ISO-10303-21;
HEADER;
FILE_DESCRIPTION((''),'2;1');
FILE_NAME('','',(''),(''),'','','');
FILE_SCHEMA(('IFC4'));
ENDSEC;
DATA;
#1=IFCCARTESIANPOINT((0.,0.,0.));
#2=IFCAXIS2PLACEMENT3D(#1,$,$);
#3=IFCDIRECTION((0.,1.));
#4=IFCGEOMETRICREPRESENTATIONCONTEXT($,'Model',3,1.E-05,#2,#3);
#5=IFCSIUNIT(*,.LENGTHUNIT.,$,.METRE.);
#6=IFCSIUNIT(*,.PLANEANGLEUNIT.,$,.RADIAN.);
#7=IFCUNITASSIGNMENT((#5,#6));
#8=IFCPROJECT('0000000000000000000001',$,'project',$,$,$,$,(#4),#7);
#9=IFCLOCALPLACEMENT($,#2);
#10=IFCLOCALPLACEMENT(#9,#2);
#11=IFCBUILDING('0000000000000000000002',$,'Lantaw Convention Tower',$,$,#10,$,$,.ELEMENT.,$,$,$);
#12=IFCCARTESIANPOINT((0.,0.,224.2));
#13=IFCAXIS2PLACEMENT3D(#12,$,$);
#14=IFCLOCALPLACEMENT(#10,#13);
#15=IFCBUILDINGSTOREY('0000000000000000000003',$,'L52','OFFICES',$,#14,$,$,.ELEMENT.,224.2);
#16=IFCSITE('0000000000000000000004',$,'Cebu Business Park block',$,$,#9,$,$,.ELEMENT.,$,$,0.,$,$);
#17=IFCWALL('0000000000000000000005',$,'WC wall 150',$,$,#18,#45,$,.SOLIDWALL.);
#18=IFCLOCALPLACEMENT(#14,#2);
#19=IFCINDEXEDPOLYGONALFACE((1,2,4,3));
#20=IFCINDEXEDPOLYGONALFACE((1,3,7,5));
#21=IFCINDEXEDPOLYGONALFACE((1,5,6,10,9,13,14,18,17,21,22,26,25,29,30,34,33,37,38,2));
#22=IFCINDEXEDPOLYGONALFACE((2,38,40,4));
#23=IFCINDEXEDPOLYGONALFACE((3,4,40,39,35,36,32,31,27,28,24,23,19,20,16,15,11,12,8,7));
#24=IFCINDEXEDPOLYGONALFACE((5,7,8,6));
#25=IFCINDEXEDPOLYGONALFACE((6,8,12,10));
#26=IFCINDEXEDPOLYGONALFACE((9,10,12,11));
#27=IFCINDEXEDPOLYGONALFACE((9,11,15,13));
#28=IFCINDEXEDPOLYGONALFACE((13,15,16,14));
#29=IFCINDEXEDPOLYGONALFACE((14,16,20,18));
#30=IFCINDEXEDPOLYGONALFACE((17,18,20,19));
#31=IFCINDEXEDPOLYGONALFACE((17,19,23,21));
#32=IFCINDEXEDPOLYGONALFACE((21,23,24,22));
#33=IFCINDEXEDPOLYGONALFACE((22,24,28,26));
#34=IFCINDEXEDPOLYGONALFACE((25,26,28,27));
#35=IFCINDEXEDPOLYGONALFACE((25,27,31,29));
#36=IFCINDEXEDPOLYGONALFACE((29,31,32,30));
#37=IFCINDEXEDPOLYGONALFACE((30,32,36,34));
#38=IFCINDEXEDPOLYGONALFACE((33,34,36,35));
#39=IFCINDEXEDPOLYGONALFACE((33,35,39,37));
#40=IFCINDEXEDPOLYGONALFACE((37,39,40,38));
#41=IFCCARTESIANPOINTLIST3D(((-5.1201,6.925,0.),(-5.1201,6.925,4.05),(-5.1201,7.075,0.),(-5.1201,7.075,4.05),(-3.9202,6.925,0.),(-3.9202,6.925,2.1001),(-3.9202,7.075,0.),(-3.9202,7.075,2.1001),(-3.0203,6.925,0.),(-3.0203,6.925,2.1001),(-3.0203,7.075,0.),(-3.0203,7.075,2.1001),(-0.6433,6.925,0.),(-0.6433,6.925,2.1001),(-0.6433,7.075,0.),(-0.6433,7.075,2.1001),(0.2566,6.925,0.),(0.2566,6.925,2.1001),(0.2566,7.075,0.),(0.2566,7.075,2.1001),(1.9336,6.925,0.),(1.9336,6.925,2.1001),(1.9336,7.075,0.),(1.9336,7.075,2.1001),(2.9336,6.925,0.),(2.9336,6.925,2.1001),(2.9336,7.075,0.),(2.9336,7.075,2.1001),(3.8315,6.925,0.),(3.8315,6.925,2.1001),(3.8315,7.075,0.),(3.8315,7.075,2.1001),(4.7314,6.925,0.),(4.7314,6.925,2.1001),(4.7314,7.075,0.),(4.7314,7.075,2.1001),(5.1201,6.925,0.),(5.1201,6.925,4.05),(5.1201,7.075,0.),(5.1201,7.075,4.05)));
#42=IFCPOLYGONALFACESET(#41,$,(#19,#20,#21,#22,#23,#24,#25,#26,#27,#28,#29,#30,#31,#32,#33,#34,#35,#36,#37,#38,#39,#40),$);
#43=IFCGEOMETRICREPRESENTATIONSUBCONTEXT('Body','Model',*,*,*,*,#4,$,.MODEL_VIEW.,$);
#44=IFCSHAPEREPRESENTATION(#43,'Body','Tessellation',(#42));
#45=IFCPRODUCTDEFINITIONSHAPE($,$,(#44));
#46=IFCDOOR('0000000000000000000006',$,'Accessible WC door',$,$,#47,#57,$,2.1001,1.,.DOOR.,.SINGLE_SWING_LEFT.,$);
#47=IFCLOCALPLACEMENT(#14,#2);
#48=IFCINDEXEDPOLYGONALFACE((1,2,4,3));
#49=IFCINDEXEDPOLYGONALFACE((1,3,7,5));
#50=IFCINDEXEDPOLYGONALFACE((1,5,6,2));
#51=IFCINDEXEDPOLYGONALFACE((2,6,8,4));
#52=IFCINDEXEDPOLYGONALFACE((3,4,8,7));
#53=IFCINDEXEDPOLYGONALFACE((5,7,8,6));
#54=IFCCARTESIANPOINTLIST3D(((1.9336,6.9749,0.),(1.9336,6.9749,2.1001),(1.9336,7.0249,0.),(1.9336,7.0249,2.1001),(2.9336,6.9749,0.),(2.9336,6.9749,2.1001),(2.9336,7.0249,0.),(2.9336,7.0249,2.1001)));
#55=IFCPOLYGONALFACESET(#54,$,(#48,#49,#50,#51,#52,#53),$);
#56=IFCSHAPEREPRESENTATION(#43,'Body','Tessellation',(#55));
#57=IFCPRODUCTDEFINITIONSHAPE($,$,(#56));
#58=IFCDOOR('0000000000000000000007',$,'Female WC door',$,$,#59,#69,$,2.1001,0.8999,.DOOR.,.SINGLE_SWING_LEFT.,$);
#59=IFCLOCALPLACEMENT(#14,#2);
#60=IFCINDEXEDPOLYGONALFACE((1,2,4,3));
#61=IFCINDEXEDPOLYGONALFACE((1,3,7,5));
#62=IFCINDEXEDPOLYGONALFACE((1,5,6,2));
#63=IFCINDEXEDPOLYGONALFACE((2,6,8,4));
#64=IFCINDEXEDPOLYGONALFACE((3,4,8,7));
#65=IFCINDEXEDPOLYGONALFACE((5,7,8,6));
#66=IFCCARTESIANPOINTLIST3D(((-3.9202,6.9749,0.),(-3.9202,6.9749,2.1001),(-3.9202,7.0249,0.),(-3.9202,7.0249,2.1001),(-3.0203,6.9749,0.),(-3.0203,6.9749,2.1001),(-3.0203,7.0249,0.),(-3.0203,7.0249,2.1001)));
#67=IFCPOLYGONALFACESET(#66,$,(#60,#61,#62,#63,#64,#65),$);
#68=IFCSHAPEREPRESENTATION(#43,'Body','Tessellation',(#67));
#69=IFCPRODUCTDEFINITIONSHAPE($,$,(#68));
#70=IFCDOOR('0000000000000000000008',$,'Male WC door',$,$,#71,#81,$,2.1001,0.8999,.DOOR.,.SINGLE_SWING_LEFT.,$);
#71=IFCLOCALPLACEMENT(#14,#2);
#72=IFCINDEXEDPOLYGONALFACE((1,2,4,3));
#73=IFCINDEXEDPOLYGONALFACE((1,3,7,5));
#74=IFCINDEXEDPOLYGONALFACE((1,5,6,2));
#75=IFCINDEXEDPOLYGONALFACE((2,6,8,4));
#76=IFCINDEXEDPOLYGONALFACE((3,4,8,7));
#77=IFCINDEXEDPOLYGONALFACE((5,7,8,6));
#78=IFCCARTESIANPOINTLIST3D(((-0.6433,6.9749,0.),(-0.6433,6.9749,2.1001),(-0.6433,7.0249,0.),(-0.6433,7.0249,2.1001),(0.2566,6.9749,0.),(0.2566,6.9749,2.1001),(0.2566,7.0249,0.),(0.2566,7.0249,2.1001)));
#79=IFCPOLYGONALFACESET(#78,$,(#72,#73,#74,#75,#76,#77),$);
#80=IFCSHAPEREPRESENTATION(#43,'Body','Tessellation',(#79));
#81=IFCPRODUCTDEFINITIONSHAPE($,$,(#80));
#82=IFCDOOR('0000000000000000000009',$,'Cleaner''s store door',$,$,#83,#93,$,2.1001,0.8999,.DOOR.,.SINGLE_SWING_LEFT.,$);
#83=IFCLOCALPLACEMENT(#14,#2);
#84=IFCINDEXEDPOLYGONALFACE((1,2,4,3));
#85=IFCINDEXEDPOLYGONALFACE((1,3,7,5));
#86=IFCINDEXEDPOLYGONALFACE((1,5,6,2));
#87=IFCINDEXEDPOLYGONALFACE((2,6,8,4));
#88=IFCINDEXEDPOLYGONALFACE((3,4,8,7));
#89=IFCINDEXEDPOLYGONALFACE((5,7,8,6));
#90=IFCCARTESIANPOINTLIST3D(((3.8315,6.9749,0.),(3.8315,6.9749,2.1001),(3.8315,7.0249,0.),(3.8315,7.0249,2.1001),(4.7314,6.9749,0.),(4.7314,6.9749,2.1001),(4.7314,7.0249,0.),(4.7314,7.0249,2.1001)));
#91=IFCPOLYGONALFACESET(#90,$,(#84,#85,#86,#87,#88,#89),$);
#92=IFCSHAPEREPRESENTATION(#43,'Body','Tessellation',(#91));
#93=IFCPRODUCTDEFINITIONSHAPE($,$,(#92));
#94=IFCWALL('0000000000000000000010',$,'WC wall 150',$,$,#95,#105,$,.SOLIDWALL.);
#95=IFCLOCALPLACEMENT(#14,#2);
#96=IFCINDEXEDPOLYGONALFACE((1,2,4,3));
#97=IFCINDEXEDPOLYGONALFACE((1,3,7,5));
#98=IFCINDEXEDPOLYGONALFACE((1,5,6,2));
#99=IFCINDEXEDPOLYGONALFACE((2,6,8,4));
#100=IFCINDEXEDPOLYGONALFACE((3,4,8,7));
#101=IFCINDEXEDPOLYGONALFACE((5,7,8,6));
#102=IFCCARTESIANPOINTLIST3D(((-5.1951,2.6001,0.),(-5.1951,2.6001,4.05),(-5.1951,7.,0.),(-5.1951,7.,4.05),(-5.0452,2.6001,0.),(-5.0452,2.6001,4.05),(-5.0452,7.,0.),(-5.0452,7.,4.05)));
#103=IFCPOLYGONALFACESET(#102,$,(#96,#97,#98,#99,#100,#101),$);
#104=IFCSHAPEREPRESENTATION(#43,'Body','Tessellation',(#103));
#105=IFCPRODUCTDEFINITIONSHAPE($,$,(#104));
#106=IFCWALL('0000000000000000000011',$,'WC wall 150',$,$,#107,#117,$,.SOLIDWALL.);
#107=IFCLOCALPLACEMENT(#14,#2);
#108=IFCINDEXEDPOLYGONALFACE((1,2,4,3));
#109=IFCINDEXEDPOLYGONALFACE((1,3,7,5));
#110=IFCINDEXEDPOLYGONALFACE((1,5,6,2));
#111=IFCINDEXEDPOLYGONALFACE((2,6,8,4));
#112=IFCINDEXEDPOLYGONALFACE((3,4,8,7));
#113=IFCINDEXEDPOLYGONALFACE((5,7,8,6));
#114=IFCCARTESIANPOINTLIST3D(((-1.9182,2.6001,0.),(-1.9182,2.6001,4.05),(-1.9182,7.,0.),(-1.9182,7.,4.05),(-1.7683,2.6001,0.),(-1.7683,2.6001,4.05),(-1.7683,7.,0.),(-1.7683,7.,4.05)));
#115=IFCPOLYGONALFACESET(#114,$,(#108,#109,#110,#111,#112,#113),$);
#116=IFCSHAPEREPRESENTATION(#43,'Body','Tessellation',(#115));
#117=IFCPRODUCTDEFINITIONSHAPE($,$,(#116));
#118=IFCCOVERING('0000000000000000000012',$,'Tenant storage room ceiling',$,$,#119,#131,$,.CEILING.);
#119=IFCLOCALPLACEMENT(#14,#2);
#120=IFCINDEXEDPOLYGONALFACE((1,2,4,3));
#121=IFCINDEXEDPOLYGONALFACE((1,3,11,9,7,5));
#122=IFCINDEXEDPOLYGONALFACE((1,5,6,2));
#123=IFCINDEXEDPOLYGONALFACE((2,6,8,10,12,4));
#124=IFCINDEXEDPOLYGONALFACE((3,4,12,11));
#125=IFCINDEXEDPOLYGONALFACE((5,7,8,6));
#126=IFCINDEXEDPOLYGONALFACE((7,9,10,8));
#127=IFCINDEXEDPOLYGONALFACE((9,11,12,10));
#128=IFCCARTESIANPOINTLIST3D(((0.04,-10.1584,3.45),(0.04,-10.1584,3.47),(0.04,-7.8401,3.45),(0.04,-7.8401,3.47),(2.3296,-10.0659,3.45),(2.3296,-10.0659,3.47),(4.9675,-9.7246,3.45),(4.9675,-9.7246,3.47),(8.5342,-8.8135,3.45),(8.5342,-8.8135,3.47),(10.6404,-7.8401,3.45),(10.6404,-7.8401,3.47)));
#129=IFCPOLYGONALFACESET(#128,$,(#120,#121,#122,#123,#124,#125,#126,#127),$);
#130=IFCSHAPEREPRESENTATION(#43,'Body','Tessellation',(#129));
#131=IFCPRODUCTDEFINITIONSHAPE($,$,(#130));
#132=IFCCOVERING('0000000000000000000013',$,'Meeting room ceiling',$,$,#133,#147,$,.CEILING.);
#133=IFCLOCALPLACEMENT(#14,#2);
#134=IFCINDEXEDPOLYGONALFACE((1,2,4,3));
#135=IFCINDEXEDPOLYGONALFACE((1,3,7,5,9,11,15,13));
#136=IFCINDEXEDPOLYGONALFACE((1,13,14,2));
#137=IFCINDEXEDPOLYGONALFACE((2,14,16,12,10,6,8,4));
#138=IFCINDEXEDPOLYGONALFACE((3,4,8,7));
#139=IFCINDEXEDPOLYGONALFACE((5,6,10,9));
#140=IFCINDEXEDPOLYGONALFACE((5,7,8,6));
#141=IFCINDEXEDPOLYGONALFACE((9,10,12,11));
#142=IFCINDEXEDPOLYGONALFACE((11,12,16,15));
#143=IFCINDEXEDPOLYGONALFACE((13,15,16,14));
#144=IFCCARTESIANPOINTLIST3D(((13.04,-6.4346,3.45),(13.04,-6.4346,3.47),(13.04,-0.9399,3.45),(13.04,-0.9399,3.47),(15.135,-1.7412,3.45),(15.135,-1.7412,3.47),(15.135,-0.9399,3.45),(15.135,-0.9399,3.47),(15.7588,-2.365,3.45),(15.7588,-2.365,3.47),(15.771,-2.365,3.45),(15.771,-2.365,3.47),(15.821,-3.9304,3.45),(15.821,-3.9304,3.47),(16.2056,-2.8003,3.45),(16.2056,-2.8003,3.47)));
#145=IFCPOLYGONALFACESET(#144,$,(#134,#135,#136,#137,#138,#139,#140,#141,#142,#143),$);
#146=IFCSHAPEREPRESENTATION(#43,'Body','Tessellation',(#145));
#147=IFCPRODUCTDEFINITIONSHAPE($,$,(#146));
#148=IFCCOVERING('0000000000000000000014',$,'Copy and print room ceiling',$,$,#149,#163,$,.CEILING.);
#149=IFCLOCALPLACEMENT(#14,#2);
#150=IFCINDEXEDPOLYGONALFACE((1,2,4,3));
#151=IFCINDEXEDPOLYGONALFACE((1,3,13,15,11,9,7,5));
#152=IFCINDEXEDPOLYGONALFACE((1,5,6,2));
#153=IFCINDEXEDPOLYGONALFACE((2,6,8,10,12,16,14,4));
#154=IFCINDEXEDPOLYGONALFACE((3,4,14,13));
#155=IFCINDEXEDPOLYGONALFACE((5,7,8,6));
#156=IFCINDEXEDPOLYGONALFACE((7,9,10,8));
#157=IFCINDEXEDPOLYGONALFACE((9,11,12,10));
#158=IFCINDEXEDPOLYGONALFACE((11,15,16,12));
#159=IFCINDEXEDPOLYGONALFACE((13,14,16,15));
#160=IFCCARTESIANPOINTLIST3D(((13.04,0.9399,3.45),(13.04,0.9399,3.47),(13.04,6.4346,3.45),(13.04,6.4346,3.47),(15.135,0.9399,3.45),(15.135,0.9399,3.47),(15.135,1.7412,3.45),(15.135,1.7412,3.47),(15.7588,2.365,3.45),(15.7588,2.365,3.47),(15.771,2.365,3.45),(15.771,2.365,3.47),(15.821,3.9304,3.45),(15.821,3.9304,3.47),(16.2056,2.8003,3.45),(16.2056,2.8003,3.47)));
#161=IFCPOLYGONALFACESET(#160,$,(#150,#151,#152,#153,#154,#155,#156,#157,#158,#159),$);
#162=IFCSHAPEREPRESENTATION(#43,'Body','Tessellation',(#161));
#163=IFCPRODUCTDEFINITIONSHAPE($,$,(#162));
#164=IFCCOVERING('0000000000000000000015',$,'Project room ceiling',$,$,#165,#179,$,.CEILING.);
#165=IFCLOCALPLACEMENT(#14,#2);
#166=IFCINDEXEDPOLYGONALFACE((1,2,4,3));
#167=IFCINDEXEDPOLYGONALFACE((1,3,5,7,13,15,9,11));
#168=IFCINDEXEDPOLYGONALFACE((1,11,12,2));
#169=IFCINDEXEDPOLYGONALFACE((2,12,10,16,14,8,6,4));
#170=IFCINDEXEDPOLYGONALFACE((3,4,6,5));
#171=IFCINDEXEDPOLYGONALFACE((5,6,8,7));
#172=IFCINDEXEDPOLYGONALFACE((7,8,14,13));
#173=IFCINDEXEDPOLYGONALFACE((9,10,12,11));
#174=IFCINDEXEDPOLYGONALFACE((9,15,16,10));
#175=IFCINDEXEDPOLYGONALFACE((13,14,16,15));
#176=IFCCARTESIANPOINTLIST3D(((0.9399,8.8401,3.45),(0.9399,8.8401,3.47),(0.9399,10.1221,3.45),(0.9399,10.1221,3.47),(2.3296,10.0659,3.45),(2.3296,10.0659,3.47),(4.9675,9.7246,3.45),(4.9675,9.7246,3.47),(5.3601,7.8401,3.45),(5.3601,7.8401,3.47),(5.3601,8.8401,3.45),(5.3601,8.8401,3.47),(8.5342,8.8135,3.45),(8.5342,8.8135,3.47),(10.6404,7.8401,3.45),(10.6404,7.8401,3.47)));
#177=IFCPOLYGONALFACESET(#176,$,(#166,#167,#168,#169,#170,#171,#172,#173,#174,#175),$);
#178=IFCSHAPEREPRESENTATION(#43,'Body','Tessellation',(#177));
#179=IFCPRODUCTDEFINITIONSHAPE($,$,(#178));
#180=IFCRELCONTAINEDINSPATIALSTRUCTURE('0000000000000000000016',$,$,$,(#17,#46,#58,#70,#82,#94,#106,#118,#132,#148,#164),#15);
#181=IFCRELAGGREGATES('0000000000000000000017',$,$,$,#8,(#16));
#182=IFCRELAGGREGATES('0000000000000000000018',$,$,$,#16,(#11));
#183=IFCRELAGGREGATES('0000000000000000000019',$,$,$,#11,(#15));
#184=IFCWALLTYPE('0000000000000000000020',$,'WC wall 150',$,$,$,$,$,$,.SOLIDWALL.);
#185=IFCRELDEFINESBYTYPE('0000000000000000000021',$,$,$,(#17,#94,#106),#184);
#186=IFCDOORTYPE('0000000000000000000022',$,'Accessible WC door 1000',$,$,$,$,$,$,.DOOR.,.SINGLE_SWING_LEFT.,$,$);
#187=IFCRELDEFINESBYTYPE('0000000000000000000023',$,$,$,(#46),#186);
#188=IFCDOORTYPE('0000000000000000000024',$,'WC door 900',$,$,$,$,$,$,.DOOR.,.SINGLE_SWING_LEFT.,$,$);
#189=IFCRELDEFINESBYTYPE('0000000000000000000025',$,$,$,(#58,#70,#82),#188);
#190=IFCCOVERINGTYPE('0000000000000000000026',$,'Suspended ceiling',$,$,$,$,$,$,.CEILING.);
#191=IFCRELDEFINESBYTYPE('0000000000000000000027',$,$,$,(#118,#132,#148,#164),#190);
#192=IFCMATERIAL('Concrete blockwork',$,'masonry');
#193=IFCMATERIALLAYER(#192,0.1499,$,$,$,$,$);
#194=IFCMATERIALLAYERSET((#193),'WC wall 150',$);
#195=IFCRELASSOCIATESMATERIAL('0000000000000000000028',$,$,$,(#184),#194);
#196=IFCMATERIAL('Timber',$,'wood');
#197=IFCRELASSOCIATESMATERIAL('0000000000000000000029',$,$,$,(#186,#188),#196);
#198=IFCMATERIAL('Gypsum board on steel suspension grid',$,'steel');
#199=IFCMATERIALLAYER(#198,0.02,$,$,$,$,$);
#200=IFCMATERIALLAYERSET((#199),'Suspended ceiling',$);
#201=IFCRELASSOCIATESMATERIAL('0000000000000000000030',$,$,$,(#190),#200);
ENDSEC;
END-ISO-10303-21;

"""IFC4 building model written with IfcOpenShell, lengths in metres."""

from ifc_helpers import new_model, si_unit, direction, frame, frame_2d, origin, place, context, subcontext, project, spatial, polyline, rectangle, outline, extrude, material, layer, layer_set, type_object, element, fill, save


model = new_model("IFC4")

# Units and contexts
model_context = context("Model", 3, precision=1e-05, world=origin(), true_north=direction((0.0, 1.0)))
body_context = subcontext(model_context, "Body", "Model", "MODEL_VIEW")
ifc_project = project(units=[si_unit("LENGTHUNIT", "METRE"), si_unit("PLANEANGLEUNIT", "RADIAN")], contexts=[model_context])

# Site, building, storey
site_placement = place(None, origin())
site = spatial("IfcSite", under=ifc_project, at=site_placement, Name="Cebu Business Park block", CompositionType="ELEMENT", RefElevation=0.0)
building_placement = place(site_placement, origin())
building = spatial("IfcBuilding", under=site, at=building_placement, Name="Lantaw Convention Tower", CompositionType="ELEMENT")
storey_placement = place(building_placement, frame((0.0, 0.0, 224.2)))
storey = spatial("IfcBuildingStorey", under=building, at=storey_placement, Name="L52", Description="OFFICES", CompositionType="ELEMENT", Elevation=224.2)

# Wall, openings, doors
ifc_material_1 = material(Name="Concrete blockwork", Category="masonry")
ifc_layer_1 = layer(ifc_material_1, 0.1499)
ifc_layer_set_1 = layer_set([ifc_layer_1], Name="WC wall 150")
wall_type_1 = type_object("IfcWallType", Name="WC wall 150", PredefinedType="SOLIDWALL", material=ifc_layer_set_1)
wall_1_placement = place(storey_placement, frame((-5.1201, 7.0, 0.0), z_axis=(0.0, 0.0, 1.0), x_axis=(1.0, 0.0, 0.0)))
wall_1 = element("IfcWall", 1, at=wall_1_placement, inside=storey, type_object=wall_type_1, Name="WC wall 150", PredefinedType="SOLIDWALL", context=body_context, shape_type="SweptSolid", body=[
    extrude(rectangle(XDim=10.2402, YDim=0.1499, at=frame_2d((5.1201, 0.0))), origin(), (0.0, 0.0, 1.0), 4.05),
])
opening_1_placement = place(wall_1_placement, frame((1.2, 0.0, 0.0)))
opening_1 = element("IfcOpeningElement", 2, at=opening_1_placement, cuts=wall_1, PredefinedType="OPENING", context=body_context, shape_type="SweptSolid", body=[
    extrude(rectangle(XDim=0.8999, YDim=2.1001, at=frame_2d((0.45, 1.05))), frame((0.0, 0.085, 0.0), z_axis=(0.0, -1.0, 0.0), x_axis=(1.0, 0.0, 0.0)), (0.0, 0.0, 1.0), 0.1699),
])
opening_2_placement = place(wall_1_placement, frame((4.4768, 0.0, 0.0)))
opening_2 = element("IfcOpeningElement", 3, at=opening_2_placement, cuts=wall_1, PredefinedType="OPENING", context=body_context, shape_type="SweptSolid", body=[
    extrude(rectangle(XDim=0.8999, YDim=2.1001, at=frame_2d((0.45, 1.05))), frame((0.0, 0.085, 0.0), z_axis=(0.0, -1.0, 0.0), x_axis=(1.0, 0.0, 0.0)), (0.0, 0.0, 1.0), 0.1699),
])
opening_3_placement = place(wall_1_placement, frame((7.0537, 0.0, 0.0)))
opening_3 = element("IfcOpeningElement", 4, at=opening_3_placement, cuts=wall_1, PredefinedType="OPENING", context=body_context, shape_type="SweptSolid", body=[
    extrude(rectangle(XDim=1.0, YDim=2.1001, at=frame_2d((0.5, 1.05))), frame((0.0, 0.085, 0.0), z_axis=(0.0, -1.0, 0.0), x_axis=(1.0, 0.0, 0.0)), (0.0, 0.0, 1.0), 0.1699),
])
opening_4_placement = place(wall_1_placement, frame((8.9517, 0.0, 0.0)))
opening_4 = element("IfcOpeningElement", 5, at=opening_4_placement, cuts=wall_1, PredefinedType="OPENING", context=body_context, shape_type="SweptSolid", body=[
    extrude(rectangle(XDim=0.8999, YDim=2.1001, at=frame_2d((0.45, 1.05))), frame((0.0, 0.085, 0.0), z_axis=(0.0, -1.0, 0.0), x_axis=(1.0, 0.0, 0.0)), (0.0, 0.0, 1.0), 0.1699),
])
ifc_material_2 = material(Name="Timber", Category="wood")
door_type_1 = type_object("IfcDoorType", Name="Accessible WC door 1000", OperationType="SINGLE_SWING_LEFT", PredefinedType="DOOR", material=ifc_material_2)
door_1_placement = place(opening_3_placement, origin())
door_1 = element("IfcDoor", 6, at=door_1_placement, inside=storey, type_object=door_type_1, Name="Accessible WC door", OperationType="SINGLE_SWING_LEFT", OverallHeight=2.1001, OverallWidth=1.0, PredefinedType="DOOR", context=body_context, shape_type="SweptSolid", body=[
    extrude(rectangle(XDim=1.0, YDim=2.1001, at=frame_2d((0.5, 1.05))), frame((0.0, 0.0249, 0.0), z_axis=(0.0, -1.0, 0.0), x_axis=(1.0, 0.0, 0.0)), (0.0, 0.0, 1.0), 0.05),
])
fill(opening_3, door_1)
door_type_2 = type_object("IfcDoorType", Name="WC door 900", OperationType="SINGLE_SWING_LEFT", PredefinedType="DOOR", material=ifc_material_2)
door_2_placement = place(opening_1_placement, origin())
door_2 = element("IfcDoor", 7, at=door_2_placement, inside=storey, type_object=door_type_2, Name="Female WC door", OperationType="SINGLE_SWING_LEFT", OverallHeight=2.1001, OverallWidth=0.8999, PredefinedType="DOOR", context=body_context, shape_type="SweptSolid", body=[
    extrude(rectangle(XDim=0.8999, YDim=2.1001, at=frame_2d((0.45, 1.05))), frame((0.0, 0.0249, 0.0), z_axis=(0.0, -1.0, 0.0), x_axis=(1.0, 0.0, 0.0)), (0.0, 0.0, 1.0), 0.05),
])
fill(opening_1, door_2)
door_3_placement = place(opening_2_placement, origin())
door_3 = element("IfcDoor", 8, at=door_3_placement, inside=storey, type_object=door_type_2, Name="Male WC door", OperationType="SINGLE_SWING_LEFT", OverallHeight=2.1001, OverallWidth=0.8999, PredefinedType="DOOR", context=body_context, shape_type="SweptSolid", body=[
    extrude(rectangle(XDim=0.8999, YDim=2.1001, at=frame_2d((0.45, 1.05))), frame((0.0, 0.0249, 0.0), z_axis=(0.0, -1.0, 0.0), x_axis=(1.0, 0.0, 0.0)), (0.0, 0.0, 1.0), 0.05),
])
fill(opening_2, door_3)
door_4_placement = place(opening_4_placement, origin())
door_4 = element("IfcDoor", 9, at=door_4_placement, inside=storey, type_object=door_type_2, Name="Cleaner's store door", OperationType="SINGLE_SWING_LEFT", OverallHeight=2.1001, OverallWidth=0.8999, PredefinedType="DOOR", context=body_context, shape_type="SweptSolid", body=[
    extrude(rectangle(XDim=0.8999, YDim=2.1001, at=frame_2d((0.45, 1.05))), frame((0.0, 0.0249, 0.0), z_axis=(0.0, -1.0, 0.0), x_axis=(1.0, 0.0, 0.0)), (0.0, 0.0, 1.0), 0.05),
])
fill(opening_4, door_4)

# Walls
for number, where, z_axis, x_axis, name in (
    (10, (-5.1201, 2.6001, 0.0), (0.0, 0.0, 1.0), (0.0, 1.0, 0.0), "WC wall 150"),
    (11, (-1.8433, 2.6001, 0.0), (0.0, 0.0, 1.0), (0.0, 1.0, 0.0), "WC wall 150"),
):
    element("IfcWall", number, at=place(storey_placement, frame(where, z_axis=z_axis, x_axis=x_axis)), inside=storey, type_object=wall_type_1, Name=name, PredefinedType="SOLIDWALL", context=body_context, shape_type="SweptSolid", body=[
        extrude(rectangle(XDim=4.3999, YDim=0.1499, at=frame_2d((2.2, 0.0))), origin(), (0.0, 0.0, 1.0), 4.05),
    ])

# Coverings
ifc_material_3 = material(Name="Gypsum board on steel suspension grid", Category="steel")
ifc_layer_2 = layer(ifc_material_3, 0.02)
ifc_layer_set_2 = layer_set([ifc_layer_2], Name="Suspended ceiling")
covering_type = type_object("IfcCoveringType", Name="Suspended ceiling", PredefinedType="CEILING", material=ifc_layer_set_2)
covering_1_placement = place(storey_placement, frame((0.0, 0.0, 3.45)))
element("IfcCovering", 12, at=covering_1_placement, inside=storey, type_object=covering_type, Name="Tenant storage room ceiling", PredefinedType="CEILING", context=body_context, shape_type="SweptSolid", body=[
    extrude(outline(polyline([(8.5342, -8.8135), (10.6404, -7.8401), (0.04, -7.8401), (0.04, -10.1584), (2.3296, -10.0659), (4.9675, -9.7246), (8.5342, -8.8135)])), origin(), (0.0, 0.0, 1.0), 0.02),
])
covering_2_placement = place(storey_placement, frame((0.0, 0.0, 3.45)))
element("IfcCovering", 13, at=covering_2_placement, inside=storey, type_object=covering_type, Name="Meeting room ceiling", PredefinedType="CEILING", context=body_context, shape_type="SweptSolid", body=[
    extrude(outline(polyline([(15.135, -1.7412), (15.135, -0.9399), (13.04, -0.9399), (13.04, -6.4346), (15.821, -3.9304), (16.2056, -2.8003), (15.771, -2.365), (15.7588, -2.365), (15.135, -1.7412)])), origin(), (0.0, 0.0, 1.0), 0.02),
])
covering_3_placement = place(storey_placement, frame((0.0, 0.0, 3.45)))
element("IfcCovering", 14, at=covering_3_placement, inside=storey, type_object=covering_type, Name="Copy and print room ceiling", PredefinedType="CEILING", context=body_context, shape_type="SweptSolid", body=[
    extrude(outline(polyline([(15.771, 2.365), (16.2056, 2.8003), (15.821, 3.9304), (13.04, 6.4346), (13.04, 0.9399), (15.135, 0.9399), (15.135, 1.7412), (15.7588, 2.365), (15.771, 2.365)])), origin(), (0.0, 0.0, 1.0), 0.02),
])
covering_4_placement = place(storey_placement, frame((0.0, 0.0, 3.45)))
element("IfcCovering", 15, at=covering_4_placement, inside=storey, type_object=covering_type, Name="Project room ceiling", PredefinedType="CEILING", context=body_context, shape_type="SweptSolid", body=[
    extrude(outline(polyline([(5.3601, 7.8401), (10.6404, 7.8401), (8.5342, 8.8135), (4.9675, 9.7246), (2.3296, 10.0659), (0.9399, 10.1221), (0.9399, 8.8401), (5.3601, 8.8401), (5.3601, 7.8401)])), origin(), (0.0, 0.0, 1.0), 0.02),
])

save(model, "model.ifc")
